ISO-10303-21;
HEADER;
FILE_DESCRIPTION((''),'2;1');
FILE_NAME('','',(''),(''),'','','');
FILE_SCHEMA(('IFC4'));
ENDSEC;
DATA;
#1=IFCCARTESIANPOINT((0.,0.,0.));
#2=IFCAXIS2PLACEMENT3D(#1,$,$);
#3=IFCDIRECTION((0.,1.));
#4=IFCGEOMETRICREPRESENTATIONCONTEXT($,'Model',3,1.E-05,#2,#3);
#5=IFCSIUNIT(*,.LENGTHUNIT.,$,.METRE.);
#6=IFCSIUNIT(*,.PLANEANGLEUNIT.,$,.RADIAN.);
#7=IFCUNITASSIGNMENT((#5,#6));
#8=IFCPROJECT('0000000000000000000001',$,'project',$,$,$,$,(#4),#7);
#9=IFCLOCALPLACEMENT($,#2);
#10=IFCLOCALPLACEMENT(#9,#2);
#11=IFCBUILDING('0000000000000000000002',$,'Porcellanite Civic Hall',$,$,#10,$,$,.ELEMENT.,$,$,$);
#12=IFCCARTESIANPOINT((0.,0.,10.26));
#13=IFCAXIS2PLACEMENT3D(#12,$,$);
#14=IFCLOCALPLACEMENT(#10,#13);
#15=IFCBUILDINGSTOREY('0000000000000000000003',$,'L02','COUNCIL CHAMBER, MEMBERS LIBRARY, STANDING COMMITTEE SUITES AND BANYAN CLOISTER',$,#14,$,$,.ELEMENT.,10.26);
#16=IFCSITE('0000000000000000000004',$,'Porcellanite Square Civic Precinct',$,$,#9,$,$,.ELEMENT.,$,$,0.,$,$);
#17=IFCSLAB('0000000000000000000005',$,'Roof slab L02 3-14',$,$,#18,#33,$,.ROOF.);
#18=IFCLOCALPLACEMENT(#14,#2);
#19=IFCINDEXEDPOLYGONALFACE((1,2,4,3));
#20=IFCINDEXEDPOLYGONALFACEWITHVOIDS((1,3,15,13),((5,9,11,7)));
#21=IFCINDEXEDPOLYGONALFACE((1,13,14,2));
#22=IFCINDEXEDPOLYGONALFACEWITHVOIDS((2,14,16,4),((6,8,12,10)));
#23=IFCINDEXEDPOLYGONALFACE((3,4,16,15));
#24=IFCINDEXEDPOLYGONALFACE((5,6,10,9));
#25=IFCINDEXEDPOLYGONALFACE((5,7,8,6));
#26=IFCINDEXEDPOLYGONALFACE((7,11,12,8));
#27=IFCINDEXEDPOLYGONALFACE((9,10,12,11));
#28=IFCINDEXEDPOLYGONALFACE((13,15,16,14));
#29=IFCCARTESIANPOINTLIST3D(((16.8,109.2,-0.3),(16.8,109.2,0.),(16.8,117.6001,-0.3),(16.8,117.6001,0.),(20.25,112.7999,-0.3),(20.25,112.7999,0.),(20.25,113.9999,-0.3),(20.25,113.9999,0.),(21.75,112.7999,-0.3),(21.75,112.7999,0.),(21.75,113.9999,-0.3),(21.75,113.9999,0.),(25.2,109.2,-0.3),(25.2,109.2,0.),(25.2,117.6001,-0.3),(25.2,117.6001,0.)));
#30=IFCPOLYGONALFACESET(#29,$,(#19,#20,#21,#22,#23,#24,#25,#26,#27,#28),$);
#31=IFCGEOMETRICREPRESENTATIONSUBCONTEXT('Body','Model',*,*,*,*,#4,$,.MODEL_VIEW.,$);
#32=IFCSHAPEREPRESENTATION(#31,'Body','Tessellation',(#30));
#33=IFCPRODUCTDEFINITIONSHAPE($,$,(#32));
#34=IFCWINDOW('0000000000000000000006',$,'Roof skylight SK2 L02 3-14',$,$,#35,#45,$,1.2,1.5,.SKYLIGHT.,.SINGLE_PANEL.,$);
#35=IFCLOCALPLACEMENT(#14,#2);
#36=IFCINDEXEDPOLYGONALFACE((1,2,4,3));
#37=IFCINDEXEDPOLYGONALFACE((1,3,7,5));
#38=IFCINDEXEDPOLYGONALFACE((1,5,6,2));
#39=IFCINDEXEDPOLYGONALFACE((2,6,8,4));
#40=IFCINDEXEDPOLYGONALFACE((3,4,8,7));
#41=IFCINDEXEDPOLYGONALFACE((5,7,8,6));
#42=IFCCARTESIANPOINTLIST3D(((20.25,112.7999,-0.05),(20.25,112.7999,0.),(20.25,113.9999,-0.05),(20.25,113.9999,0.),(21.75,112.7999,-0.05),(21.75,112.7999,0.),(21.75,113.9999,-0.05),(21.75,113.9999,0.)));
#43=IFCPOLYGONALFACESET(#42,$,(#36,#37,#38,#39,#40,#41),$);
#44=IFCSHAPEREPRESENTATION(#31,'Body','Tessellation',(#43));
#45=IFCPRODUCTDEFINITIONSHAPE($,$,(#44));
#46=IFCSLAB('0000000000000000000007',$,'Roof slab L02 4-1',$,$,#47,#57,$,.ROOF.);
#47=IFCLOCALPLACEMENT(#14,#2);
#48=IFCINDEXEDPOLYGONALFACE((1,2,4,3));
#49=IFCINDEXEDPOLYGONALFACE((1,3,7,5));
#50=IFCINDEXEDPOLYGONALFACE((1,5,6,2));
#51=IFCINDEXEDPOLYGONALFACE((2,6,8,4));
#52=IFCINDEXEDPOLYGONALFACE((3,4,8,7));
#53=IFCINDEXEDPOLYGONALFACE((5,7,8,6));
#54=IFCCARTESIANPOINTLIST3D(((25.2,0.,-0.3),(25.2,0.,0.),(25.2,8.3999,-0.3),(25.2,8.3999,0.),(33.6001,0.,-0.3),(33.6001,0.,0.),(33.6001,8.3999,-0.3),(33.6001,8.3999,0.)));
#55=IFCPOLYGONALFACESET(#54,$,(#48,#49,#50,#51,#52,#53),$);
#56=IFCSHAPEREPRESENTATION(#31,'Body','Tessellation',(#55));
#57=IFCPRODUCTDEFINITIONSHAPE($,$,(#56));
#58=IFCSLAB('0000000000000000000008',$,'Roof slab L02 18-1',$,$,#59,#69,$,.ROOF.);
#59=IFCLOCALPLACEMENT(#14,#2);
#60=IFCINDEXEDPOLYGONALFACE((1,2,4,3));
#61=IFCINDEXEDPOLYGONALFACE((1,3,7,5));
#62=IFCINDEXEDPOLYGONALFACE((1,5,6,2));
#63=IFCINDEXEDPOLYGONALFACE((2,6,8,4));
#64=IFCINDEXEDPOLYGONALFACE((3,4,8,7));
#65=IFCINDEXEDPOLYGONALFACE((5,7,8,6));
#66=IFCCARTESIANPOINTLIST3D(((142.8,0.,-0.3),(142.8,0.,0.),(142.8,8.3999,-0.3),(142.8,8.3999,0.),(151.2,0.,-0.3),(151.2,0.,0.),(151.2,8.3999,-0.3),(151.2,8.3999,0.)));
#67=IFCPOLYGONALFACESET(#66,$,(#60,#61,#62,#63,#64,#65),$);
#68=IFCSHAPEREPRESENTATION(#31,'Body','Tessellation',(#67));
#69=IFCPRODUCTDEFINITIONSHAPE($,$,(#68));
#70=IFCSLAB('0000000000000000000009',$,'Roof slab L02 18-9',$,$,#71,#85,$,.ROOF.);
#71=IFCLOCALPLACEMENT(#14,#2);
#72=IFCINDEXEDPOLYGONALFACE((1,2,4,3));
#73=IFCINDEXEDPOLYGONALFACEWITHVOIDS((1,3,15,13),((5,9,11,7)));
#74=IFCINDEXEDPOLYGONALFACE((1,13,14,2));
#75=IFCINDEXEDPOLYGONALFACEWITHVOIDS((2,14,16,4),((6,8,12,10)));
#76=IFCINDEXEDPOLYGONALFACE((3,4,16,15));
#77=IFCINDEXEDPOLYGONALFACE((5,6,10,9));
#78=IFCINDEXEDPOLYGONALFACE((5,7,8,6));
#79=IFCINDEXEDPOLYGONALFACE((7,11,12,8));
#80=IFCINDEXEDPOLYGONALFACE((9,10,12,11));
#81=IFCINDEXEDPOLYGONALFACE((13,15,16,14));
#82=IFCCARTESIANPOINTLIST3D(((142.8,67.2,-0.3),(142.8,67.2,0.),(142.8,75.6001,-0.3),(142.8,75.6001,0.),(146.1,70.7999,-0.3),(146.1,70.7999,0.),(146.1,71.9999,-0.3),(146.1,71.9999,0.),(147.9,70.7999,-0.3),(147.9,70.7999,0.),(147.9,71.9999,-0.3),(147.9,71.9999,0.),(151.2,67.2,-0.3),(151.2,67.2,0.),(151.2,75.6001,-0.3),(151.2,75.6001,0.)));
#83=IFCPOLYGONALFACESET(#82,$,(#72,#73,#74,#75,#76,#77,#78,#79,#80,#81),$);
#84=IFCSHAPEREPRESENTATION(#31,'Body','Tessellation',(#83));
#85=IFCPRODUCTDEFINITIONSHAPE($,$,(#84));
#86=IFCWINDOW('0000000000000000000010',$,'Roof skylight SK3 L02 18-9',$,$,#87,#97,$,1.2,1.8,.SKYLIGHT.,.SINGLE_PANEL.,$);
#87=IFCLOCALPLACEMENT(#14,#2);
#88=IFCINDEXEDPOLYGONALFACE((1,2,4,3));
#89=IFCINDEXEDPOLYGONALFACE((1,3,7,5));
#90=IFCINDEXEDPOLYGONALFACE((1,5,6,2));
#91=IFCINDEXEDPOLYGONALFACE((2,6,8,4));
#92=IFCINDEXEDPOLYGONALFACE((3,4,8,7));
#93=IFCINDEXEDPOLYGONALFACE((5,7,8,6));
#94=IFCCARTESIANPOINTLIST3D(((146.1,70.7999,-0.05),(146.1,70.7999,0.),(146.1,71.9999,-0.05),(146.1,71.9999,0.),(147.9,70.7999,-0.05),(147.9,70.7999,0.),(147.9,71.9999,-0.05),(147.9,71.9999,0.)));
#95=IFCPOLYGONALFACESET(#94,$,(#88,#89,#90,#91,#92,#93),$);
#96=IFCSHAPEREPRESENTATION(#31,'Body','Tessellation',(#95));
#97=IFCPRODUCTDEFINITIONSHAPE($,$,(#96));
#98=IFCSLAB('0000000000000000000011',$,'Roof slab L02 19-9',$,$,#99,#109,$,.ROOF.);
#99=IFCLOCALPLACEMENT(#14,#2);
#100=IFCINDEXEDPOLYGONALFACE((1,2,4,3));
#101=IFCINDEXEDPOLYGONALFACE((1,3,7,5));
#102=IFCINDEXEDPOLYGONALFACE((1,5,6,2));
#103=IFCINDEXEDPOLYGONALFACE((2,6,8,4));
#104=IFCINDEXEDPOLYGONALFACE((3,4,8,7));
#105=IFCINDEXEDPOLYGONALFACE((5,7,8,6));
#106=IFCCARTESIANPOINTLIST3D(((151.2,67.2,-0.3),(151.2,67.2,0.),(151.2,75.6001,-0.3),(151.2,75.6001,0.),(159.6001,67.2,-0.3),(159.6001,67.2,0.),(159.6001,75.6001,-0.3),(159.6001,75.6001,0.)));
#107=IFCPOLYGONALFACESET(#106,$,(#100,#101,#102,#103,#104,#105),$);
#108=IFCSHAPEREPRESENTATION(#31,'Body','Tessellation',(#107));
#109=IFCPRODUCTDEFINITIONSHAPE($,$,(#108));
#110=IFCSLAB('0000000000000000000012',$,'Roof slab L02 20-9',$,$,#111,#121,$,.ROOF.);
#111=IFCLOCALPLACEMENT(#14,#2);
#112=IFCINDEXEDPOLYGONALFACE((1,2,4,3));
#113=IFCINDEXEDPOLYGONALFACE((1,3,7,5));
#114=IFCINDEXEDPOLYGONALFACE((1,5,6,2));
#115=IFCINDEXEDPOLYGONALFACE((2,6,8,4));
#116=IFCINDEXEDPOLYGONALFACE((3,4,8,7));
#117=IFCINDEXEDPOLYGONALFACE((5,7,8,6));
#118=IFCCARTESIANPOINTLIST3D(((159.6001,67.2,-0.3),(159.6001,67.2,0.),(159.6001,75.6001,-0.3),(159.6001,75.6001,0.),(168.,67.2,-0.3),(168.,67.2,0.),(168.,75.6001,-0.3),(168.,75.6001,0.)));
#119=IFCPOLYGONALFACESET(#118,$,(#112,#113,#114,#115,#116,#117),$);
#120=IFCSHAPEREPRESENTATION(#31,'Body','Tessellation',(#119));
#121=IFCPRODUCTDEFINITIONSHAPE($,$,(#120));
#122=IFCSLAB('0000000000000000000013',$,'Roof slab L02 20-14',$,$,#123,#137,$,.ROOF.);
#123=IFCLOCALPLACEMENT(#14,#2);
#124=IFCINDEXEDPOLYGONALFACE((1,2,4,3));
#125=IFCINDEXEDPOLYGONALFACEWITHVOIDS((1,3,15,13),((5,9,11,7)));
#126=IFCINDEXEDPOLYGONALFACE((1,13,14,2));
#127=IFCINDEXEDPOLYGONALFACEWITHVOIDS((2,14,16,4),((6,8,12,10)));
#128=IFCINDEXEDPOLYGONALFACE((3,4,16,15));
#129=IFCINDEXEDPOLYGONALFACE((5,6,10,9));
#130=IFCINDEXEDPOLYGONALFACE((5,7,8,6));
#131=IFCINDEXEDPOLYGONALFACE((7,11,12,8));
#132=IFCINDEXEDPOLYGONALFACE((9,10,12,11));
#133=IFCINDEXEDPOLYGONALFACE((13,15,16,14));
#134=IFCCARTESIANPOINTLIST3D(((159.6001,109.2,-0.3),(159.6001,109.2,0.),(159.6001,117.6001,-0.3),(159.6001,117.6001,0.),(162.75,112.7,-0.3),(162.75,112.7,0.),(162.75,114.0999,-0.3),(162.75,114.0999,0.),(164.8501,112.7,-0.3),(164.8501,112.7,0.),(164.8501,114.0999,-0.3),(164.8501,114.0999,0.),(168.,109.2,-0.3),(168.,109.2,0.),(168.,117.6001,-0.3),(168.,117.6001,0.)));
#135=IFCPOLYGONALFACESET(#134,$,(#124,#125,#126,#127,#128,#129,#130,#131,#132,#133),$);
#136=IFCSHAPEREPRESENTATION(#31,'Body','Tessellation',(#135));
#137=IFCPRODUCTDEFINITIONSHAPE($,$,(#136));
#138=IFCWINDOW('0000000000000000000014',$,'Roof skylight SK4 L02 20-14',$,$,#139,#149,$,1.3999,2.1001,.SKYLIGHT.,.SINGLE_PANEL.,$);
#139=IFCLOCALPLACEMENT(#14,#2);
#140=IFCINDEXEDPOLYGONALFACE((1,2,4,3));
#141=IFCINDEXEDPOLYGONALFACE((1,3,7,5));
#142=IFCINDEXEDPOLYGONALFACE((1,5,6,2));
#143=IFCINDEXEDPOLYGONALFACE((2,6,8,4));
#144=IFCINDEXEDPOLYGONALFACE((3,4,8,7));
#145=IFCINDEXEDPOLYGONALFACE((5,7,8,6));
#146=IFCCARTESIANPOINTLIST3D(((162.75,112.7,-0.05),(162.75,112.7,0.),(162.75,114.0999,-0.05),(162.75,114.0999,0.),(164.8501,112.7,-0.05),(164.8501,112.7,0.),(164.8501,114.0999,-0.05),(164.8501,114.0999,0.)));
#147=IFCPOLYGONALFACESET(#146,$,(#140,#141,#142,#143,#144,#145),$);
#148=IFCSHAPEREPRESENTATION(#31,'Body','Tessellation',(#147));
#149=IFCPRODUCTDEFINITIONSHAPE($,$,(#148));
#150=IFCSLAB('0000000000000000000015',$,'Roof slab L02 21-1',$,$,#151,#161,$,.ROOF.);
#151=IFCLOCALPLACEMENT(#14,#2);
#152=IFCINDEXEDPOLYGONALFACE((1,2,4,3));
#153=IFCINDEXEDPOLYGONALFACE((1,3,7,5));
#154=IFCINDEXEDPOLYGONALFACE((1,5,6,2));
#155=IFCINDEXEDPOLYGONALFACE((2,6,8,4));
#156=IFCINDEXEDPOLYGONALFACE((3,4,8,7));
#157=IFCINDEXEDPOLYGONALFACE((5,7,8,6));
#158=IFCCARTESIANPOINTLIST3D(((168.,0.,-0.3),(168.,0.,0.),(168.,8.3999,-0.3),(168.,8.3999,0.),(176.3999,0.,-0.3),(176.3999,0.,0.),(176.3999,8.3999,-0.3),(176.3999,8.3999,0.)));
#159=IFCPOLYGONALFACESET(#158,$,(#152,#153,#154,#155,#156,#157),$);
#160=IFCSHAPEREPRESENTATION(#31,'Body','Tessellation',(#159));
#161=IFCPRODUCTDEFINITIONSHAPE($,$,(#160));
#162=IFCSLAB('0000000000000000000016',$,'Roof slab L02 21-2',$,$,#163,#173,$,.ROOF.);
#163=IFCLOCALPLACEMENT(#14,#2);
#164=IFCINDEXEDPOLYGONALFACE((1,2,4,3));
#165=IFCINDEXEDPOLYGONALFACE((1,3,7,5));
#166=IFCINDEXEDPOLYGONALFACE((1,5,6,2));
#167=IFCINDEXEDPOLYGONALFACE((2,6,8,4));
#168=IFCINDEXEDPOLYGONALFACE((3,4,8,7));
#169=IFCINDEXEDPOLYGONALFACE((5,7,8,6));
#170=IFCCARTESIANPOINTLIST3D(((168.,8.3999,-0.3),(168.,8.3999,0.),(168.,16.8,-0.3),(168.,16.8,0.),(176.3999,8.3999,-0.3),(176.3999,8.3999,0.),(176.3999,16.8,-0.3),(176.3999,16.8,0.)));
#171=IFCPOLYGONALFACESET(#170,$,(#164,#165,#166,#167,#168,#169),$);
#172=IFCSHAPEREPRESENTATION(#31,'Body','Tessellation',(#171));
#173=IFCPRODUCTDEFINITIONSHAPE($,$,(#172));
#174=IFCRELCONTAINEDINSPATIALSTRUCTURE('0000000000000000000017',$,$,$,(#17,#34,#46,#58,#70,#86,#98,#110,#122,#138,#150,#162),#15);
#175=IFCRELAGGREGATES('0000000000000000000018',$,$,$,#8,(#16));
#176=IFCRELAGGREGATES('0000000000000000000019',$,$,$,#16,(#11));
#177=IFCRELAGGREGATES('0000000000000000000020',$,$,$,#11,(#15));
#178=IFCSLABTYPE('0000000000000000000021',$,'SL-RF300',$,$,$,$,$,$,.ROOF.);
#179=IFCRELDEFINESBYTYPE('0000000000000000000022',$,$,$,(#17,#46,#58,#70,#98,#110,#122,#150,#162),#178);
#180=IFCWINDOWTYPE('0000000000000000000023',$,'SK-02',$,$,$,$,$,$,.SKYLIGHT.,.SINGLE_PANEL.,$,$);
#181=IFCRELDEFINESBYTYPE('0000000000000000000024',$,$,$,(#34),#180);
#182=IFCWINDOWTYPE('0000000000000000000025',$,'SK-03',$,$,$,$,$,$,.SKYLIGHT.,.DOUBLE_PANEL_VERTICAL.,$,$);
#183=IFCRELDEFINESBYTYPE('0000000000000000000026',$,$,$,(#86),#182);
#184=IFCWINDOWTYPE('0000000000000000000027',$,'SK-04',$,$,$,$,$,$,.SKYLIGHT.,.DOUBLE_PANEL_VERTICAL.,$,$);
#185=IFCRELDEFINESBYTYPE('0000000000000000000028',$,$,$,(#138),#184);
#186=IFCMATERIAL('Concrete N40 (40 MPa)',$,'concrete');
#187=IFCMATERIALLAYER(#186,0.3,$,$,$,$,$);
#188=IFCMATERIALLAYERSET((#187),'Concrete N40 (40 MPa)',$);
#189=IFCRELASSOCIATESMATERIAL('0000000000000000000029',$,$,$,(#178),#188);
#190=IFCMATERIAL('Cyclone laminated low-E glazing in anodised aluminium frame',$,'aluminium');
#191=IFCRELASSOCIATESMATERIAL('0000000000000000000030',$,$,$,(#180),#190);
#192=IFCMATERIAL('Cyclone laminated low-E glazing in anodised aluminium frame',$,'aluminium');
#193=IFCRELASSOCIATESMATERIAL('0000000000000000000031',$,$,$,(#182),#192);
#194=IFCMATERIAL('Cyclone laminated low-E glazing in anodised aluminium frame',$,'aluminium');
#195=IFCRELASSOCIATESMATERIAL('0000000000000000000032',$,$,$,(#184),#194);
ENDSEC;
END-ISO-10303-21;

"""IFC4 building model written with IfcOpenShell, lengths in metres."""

from ifc_helpers import new_model, si_unit, direction, frame, origin, origin_2d, place, context, subcontext, project, spatial, polyline, rectangle, outline, extrude, material, layer, layer_set, type_object, element, fill, save


model = new_model("IFC4")

# Units and contexts
model_context = context("Model", 3, precision=1e-05, world=origin(), true_north=direction((0.0, 1.0)))
body_context = subcontext(model_context, "Body", "Model", "MODEL_VIEW")
ifc_project = project(units=[si_unit("LENGTHUNIT", "METRE"), si_unit("PLANEANGLEUNIT", "RADIAN")], contexts=[model_context])

# Site, building, storey
site_placement = place(None, origin())
site = spatial("IfcSite", under=ifc_project, at=site_placement, Name="Porcellanite Square Civic Precinct", CompositionType="ELEMENT", RefElevation=0.0)
building_placement = place(site_placement, origin())
building = spatial("IfcBuilding", under=site, at=building_placement, Name="Porcellanite Civic Hall", CompositionType="ELEMENT")
storey_placement = place(building_placement, frame((0.0, 0.0, 10.26)))
storey = spatial("IfcBuildingStorey", under=building, at=storey_placement, Name="L02", Description="COUNCIL CHAMBER, MEMBERS LIBRARY, STANDING COMMITTEE SUITES AND BANYAN CLOISTER", CompositionType="ELEMENT", Elevation=10.26)

# Slab, opening, window
ifc_material_1 = material(Name="Concrete N40 (40 MPa)", Category="concrete")
ifc_layer = layer(ifc_material_1, 0.3)
ifc_layer_set = layer_set([ifc_layer], Name="Concrete N40 (40 MPa)")
slab_type = type_object("IfcSlabType", Name="SL-RF300", PredefinedType="ROOF", material=ifc_layer_set)
slab_1_placement = place(storey_placement, frame((0.0, 0.0, -0.3)))
slab_1 = element("IfcSlab", 1, at=slab_1_placement, inside=storey, type_object=slab_type, Name="Roof slab L02 3-14", PredefinedType="ROOF", context=body_context, shape_type="SweptSolid", body=[
    extrude(outline(polyline([(16.8, 109.2), (25.2, 109.2), (25.2, 117.6001), (16.8, 117.6001), (16.8, 109.2)])), origin(), (0.0, 0.0, 1.0), 0.3),
])
opening_1_placement = place(slab_1_placement, frame((21.0, 113.3999, 0.0)))
opening_1 = element("IfcOpeningElement", 2, at=opening_1_placement, cuts=slab_1, PredefinedType="OPENING", context=body_context, shape_type="SweptSolid", body=[
    extrude(rectangle(XDim=1.5, YDim=1.2, at=origin_2d()), origin(), (0.0, 0.0, 1.0), 0.3),
])
ifc_material_2 = material(Name="Cyclone laminated low-E glazing in anodised aluminium frame", Category="aluminium")
window_type_1 = type_object("IfcWindowType", Name="SK-02", PartitioningType="SINGLE_PANEL", PredefinedType="SKYLIGHT", material=ifc_material_2)
window_1_placement = place(opening_1_placement, frame((0.0, 0.0, 0.25)))
window_1 = element("IfcWindow", 3, at=window_1_placement, inside=storey, type_object=window_type_1, Name="Roof skylight SK2 L02 3-14", OverallHeight=1.2, OverallWidth=1.5, PartitioningType="SINGLE_PANEL", PredefinedType="SKYLIGHT", context=body_context, shape_type="SweptSolid", body=[
    extrude(rectangle(XDim=1.5, YDim=1.2, at=origin_2d()), origin(), (0.0, 0.0, 1.0), 0.05),
])
fill(opening_1, window_1)

# Slabs
slab_2_placement = place(storey_placement, frame((0.0, 0.0, -0.3)))
element("IfcSlab", 4, at=slab_2_placement, inside=storey, type_object=slab_type, Name="Roof slab L02 4-1", PredefinedType="ROOF", context=body_context, shape_type="SweptSolid", body=[
    extrude(outline(polyline([(25.2, 0.0), (33.6001, 0.0), (33.6001, 8.3999), (25.2, 8.3999), (25.2, 0.0)])), origin(), (0.0, 0.0, 1.0), 0.3),
])
slab_3_placement = place(storey_placement, frame((0.0, 0.0, -0.3)))
element("IfcSlab", 5, at=slab_3_placement, inside=storey, type_object=slab_type, Name="Roof slab L02 18-1", PredefinedType="ROOF", context=body_context, shape_type="SweptSolid", body=[
    extrude(outline(polyline([(142.8, 0.0), (151.2, 0.0), (151.2, 8.3999), (142.8, 8.3999), (142.8, 0.0)])), origin(), (0.0, 0.0, 1.0), 0.3),
])

# Slab, opening, window
slab_4_placement = place(storey_placement, frame((0.0, 0.0, -0.3)))
slab_4 = element("IfcSlab", 6, at=slab_4_placement, inside=storey, type_object=slab_type, Name="Roof slab L02 18-9", PredefinedType="ROOF", context=body_context, shape_type="SweptSolid", body=[
    extrude(outline(polyline([(142.8, 67.2), (151.2, 67.2), (151.2, 75.6001), (142.8, 75.6001), (142.8, 67.2)])), origin(), (0.0, 0.0, 1.0), 0.3),
])
opening_2_placement = place(slab_4_placement, frame((147.0, 71.3999, 0.0)))
opening_2 = element("IfcOpeningElement", 7, at=opening_2_placement, cuts=slab_4, PredefinedType="OPENING", context=body_context, shape_type="SweptSolid", body=[
    extrude(rectangle(XDim=1.8, YDim=1.2, at=origin_2d()), origin(), (0.0, 0.0, 1.0), 0.3),
])
ifc_material_3 = material(Name="Cyclone laminated low-E glazing in anodised aluminium frame", Category="aluminium")
window_type_2 = type_object("IfcWindowType", Name="SK-03", PartitioningType="DOUBLE_PANEL_VERTICAL", PredefinedType="SKYLIGHT", material=ifc_material_3)
window_2_placement = place(opening_2_placement, frame((0.0, 0.0, 0.25)))
window_2 = element("IfcWindow", 8, at=window_2_placement, inside=storey, type_object=window_type_2, Name="Roof skylight SK3 L02 18-9", OverallHeight=1.2, OverallWidth=1.8, PartitioningType="SINGLE_PANEL", PredefinedType="SKYLIGHT", context=body_context, shape_type="SweptSolid", body=[
    extrude(rectangle(XDim=1.8, YDim=1.2, at=origin_2d()), origin(), (0.0, 0.0, 1.0), 0.05),
])
fill(opening_2, window_2)

# Slabs
slab_5_placement = place(storey_placement, frame((0.0, 0.0, -0.3)))
element("IfcSlab", 9, at=slab_5_placement, inside=storey, type_object=slab_type, Name="Roof slab L02 19-9", PredefinedType="ROOF", context=body_context, shape_type="SweptSolid", body=[
    extrude(outline(polyline([(151.2, 67.2), (159.6001, 67.2), (159.6001, 75.6001), (151.2, 75.6001), (151.2, 67.2)])), origin(), (0.0, 0.0, 1.0), 0.3),
])
slab_6_placement = place(storey_placement, frame((0.0, 0.0, -0.3)))
element("IfcSlab", 10, at=slab_6_placement, inside=storey, type_object=slab_type, Name="Roof slab L02 20-9", PredefinedType="ROOF", context=body_context, shape_type="SweptSolid", body=[
    extrude(outline(polyline([(159.6001, 67.2), (168.0, 67.2), (168.0, 75.6001), (159.6001, 75.6001), (159.6001, 67.2)])), origin(), (0.0, 0.0, 1.0), 0.3),
])

# Slab, opening, window
slab_7_placement = place(storey_placement, frame((0.0, 0.0, -0.3)))
slab_7 = element("IfcSlab", 11, at=slab_7_placement, inside=storey, type_object=slab_type, Name="Roof slab L02 20-14", PredefinedType="ROOF", context=body_context, shape_type="SweptSolid", body=[
    extrude(outline(polyline([(159.6001, 109.2), (168.0, 109.2), (168.0, 117.6001), (159.6001, 117.6001), (159.6001, 109.2)])), origin(), (0.0, 0.0, 1.0), 0.3),
])
opening_3_placement = place(slab_7_placement, frame((163.8, 113.3999, 0.0)))
opening_3 = element("IfcOpeningElement", 12, at=opening_3_placement, cuts=slab_7, PredefinedType="OPENING", context=body_context, shape_type="SweptSolid", body=[
    extrude(rectangle(XDim=2.1001, YDim=1.3999, at=origin_2d()), origin(), (0.0, 0.0, 1.0), 0.3),
])
ifc_material_4 = material(Name="Cyclone laminated low-E glazing in anodised aluminium frame", Category="aluminium")
window_type_3 = type_object("IfcWindowType", Name="SK-04", PartitioningType="DOUBLE_PANEL_VERTICAL", PredefinedType="SKYLIGHT", material=ifc_material_4)
window_3_placement = place(opening_3_placement, frame((0.0, 0.0, 0.25)))
window_3 = element("IfcWindow", 13, at=window_3_placement, inside=storey, type_object=window_type_3, Name="Roof skylight SK4 L02 20-14", OverallHeight=1.3999, OverallWidth=2.1001, PartitioningType="SINGLE_PANEL", PredefinedType="SKYLIGHT", context=body_context, shape_type="SweptSolid", body=[
    extrude(rectangle(XDim=2.1001, YDim=1.3999, at=origin_2d()), origin(), (0.0, 0.0, 1.0), 0.05),
])
fill(opening_3, window_3)

# Slabs
slab_8_placement = place(storey_placement, frame((0.0, 0.0, -0.3)))
element("IfcSlab", 14, at=slab_8_placement, inside=storey, type_object=slab_type, Name="Roof slab L02 21-1", PredefinedType="ROOF", context=body_context, shape_type="SweptSolid", body=[
    extrude(outline(polyline([(168.0, 0.0), (176.3999, 0.0), (176.3999, 8.3999), (168.0, 8.3999), (168.0, 0.0)])), origin(), (0.0, 0.0, 1.0), 0.3),
])
slab_9_placement = place(storey_placement, frame((0.0, 0.0, -0.3)))
element("IfcSlab", 15, at=slab_9_placement, inside=storey, type_object=slab_type, Name="Roof slab L02 21-2", PredefinedType="ROOF", context=body_context, shape_type="SweptSolid", body=[
    extrude(outline(polyline([(168.0, 8.3999), (176.3999, 8.3999), (176.3999, 16.8), (168.0, 16.8), (168.0, 8.3999)])), origin(), (0.0, 0.0, 1.0), 0.3),
])

save(model, "model.ifc")
